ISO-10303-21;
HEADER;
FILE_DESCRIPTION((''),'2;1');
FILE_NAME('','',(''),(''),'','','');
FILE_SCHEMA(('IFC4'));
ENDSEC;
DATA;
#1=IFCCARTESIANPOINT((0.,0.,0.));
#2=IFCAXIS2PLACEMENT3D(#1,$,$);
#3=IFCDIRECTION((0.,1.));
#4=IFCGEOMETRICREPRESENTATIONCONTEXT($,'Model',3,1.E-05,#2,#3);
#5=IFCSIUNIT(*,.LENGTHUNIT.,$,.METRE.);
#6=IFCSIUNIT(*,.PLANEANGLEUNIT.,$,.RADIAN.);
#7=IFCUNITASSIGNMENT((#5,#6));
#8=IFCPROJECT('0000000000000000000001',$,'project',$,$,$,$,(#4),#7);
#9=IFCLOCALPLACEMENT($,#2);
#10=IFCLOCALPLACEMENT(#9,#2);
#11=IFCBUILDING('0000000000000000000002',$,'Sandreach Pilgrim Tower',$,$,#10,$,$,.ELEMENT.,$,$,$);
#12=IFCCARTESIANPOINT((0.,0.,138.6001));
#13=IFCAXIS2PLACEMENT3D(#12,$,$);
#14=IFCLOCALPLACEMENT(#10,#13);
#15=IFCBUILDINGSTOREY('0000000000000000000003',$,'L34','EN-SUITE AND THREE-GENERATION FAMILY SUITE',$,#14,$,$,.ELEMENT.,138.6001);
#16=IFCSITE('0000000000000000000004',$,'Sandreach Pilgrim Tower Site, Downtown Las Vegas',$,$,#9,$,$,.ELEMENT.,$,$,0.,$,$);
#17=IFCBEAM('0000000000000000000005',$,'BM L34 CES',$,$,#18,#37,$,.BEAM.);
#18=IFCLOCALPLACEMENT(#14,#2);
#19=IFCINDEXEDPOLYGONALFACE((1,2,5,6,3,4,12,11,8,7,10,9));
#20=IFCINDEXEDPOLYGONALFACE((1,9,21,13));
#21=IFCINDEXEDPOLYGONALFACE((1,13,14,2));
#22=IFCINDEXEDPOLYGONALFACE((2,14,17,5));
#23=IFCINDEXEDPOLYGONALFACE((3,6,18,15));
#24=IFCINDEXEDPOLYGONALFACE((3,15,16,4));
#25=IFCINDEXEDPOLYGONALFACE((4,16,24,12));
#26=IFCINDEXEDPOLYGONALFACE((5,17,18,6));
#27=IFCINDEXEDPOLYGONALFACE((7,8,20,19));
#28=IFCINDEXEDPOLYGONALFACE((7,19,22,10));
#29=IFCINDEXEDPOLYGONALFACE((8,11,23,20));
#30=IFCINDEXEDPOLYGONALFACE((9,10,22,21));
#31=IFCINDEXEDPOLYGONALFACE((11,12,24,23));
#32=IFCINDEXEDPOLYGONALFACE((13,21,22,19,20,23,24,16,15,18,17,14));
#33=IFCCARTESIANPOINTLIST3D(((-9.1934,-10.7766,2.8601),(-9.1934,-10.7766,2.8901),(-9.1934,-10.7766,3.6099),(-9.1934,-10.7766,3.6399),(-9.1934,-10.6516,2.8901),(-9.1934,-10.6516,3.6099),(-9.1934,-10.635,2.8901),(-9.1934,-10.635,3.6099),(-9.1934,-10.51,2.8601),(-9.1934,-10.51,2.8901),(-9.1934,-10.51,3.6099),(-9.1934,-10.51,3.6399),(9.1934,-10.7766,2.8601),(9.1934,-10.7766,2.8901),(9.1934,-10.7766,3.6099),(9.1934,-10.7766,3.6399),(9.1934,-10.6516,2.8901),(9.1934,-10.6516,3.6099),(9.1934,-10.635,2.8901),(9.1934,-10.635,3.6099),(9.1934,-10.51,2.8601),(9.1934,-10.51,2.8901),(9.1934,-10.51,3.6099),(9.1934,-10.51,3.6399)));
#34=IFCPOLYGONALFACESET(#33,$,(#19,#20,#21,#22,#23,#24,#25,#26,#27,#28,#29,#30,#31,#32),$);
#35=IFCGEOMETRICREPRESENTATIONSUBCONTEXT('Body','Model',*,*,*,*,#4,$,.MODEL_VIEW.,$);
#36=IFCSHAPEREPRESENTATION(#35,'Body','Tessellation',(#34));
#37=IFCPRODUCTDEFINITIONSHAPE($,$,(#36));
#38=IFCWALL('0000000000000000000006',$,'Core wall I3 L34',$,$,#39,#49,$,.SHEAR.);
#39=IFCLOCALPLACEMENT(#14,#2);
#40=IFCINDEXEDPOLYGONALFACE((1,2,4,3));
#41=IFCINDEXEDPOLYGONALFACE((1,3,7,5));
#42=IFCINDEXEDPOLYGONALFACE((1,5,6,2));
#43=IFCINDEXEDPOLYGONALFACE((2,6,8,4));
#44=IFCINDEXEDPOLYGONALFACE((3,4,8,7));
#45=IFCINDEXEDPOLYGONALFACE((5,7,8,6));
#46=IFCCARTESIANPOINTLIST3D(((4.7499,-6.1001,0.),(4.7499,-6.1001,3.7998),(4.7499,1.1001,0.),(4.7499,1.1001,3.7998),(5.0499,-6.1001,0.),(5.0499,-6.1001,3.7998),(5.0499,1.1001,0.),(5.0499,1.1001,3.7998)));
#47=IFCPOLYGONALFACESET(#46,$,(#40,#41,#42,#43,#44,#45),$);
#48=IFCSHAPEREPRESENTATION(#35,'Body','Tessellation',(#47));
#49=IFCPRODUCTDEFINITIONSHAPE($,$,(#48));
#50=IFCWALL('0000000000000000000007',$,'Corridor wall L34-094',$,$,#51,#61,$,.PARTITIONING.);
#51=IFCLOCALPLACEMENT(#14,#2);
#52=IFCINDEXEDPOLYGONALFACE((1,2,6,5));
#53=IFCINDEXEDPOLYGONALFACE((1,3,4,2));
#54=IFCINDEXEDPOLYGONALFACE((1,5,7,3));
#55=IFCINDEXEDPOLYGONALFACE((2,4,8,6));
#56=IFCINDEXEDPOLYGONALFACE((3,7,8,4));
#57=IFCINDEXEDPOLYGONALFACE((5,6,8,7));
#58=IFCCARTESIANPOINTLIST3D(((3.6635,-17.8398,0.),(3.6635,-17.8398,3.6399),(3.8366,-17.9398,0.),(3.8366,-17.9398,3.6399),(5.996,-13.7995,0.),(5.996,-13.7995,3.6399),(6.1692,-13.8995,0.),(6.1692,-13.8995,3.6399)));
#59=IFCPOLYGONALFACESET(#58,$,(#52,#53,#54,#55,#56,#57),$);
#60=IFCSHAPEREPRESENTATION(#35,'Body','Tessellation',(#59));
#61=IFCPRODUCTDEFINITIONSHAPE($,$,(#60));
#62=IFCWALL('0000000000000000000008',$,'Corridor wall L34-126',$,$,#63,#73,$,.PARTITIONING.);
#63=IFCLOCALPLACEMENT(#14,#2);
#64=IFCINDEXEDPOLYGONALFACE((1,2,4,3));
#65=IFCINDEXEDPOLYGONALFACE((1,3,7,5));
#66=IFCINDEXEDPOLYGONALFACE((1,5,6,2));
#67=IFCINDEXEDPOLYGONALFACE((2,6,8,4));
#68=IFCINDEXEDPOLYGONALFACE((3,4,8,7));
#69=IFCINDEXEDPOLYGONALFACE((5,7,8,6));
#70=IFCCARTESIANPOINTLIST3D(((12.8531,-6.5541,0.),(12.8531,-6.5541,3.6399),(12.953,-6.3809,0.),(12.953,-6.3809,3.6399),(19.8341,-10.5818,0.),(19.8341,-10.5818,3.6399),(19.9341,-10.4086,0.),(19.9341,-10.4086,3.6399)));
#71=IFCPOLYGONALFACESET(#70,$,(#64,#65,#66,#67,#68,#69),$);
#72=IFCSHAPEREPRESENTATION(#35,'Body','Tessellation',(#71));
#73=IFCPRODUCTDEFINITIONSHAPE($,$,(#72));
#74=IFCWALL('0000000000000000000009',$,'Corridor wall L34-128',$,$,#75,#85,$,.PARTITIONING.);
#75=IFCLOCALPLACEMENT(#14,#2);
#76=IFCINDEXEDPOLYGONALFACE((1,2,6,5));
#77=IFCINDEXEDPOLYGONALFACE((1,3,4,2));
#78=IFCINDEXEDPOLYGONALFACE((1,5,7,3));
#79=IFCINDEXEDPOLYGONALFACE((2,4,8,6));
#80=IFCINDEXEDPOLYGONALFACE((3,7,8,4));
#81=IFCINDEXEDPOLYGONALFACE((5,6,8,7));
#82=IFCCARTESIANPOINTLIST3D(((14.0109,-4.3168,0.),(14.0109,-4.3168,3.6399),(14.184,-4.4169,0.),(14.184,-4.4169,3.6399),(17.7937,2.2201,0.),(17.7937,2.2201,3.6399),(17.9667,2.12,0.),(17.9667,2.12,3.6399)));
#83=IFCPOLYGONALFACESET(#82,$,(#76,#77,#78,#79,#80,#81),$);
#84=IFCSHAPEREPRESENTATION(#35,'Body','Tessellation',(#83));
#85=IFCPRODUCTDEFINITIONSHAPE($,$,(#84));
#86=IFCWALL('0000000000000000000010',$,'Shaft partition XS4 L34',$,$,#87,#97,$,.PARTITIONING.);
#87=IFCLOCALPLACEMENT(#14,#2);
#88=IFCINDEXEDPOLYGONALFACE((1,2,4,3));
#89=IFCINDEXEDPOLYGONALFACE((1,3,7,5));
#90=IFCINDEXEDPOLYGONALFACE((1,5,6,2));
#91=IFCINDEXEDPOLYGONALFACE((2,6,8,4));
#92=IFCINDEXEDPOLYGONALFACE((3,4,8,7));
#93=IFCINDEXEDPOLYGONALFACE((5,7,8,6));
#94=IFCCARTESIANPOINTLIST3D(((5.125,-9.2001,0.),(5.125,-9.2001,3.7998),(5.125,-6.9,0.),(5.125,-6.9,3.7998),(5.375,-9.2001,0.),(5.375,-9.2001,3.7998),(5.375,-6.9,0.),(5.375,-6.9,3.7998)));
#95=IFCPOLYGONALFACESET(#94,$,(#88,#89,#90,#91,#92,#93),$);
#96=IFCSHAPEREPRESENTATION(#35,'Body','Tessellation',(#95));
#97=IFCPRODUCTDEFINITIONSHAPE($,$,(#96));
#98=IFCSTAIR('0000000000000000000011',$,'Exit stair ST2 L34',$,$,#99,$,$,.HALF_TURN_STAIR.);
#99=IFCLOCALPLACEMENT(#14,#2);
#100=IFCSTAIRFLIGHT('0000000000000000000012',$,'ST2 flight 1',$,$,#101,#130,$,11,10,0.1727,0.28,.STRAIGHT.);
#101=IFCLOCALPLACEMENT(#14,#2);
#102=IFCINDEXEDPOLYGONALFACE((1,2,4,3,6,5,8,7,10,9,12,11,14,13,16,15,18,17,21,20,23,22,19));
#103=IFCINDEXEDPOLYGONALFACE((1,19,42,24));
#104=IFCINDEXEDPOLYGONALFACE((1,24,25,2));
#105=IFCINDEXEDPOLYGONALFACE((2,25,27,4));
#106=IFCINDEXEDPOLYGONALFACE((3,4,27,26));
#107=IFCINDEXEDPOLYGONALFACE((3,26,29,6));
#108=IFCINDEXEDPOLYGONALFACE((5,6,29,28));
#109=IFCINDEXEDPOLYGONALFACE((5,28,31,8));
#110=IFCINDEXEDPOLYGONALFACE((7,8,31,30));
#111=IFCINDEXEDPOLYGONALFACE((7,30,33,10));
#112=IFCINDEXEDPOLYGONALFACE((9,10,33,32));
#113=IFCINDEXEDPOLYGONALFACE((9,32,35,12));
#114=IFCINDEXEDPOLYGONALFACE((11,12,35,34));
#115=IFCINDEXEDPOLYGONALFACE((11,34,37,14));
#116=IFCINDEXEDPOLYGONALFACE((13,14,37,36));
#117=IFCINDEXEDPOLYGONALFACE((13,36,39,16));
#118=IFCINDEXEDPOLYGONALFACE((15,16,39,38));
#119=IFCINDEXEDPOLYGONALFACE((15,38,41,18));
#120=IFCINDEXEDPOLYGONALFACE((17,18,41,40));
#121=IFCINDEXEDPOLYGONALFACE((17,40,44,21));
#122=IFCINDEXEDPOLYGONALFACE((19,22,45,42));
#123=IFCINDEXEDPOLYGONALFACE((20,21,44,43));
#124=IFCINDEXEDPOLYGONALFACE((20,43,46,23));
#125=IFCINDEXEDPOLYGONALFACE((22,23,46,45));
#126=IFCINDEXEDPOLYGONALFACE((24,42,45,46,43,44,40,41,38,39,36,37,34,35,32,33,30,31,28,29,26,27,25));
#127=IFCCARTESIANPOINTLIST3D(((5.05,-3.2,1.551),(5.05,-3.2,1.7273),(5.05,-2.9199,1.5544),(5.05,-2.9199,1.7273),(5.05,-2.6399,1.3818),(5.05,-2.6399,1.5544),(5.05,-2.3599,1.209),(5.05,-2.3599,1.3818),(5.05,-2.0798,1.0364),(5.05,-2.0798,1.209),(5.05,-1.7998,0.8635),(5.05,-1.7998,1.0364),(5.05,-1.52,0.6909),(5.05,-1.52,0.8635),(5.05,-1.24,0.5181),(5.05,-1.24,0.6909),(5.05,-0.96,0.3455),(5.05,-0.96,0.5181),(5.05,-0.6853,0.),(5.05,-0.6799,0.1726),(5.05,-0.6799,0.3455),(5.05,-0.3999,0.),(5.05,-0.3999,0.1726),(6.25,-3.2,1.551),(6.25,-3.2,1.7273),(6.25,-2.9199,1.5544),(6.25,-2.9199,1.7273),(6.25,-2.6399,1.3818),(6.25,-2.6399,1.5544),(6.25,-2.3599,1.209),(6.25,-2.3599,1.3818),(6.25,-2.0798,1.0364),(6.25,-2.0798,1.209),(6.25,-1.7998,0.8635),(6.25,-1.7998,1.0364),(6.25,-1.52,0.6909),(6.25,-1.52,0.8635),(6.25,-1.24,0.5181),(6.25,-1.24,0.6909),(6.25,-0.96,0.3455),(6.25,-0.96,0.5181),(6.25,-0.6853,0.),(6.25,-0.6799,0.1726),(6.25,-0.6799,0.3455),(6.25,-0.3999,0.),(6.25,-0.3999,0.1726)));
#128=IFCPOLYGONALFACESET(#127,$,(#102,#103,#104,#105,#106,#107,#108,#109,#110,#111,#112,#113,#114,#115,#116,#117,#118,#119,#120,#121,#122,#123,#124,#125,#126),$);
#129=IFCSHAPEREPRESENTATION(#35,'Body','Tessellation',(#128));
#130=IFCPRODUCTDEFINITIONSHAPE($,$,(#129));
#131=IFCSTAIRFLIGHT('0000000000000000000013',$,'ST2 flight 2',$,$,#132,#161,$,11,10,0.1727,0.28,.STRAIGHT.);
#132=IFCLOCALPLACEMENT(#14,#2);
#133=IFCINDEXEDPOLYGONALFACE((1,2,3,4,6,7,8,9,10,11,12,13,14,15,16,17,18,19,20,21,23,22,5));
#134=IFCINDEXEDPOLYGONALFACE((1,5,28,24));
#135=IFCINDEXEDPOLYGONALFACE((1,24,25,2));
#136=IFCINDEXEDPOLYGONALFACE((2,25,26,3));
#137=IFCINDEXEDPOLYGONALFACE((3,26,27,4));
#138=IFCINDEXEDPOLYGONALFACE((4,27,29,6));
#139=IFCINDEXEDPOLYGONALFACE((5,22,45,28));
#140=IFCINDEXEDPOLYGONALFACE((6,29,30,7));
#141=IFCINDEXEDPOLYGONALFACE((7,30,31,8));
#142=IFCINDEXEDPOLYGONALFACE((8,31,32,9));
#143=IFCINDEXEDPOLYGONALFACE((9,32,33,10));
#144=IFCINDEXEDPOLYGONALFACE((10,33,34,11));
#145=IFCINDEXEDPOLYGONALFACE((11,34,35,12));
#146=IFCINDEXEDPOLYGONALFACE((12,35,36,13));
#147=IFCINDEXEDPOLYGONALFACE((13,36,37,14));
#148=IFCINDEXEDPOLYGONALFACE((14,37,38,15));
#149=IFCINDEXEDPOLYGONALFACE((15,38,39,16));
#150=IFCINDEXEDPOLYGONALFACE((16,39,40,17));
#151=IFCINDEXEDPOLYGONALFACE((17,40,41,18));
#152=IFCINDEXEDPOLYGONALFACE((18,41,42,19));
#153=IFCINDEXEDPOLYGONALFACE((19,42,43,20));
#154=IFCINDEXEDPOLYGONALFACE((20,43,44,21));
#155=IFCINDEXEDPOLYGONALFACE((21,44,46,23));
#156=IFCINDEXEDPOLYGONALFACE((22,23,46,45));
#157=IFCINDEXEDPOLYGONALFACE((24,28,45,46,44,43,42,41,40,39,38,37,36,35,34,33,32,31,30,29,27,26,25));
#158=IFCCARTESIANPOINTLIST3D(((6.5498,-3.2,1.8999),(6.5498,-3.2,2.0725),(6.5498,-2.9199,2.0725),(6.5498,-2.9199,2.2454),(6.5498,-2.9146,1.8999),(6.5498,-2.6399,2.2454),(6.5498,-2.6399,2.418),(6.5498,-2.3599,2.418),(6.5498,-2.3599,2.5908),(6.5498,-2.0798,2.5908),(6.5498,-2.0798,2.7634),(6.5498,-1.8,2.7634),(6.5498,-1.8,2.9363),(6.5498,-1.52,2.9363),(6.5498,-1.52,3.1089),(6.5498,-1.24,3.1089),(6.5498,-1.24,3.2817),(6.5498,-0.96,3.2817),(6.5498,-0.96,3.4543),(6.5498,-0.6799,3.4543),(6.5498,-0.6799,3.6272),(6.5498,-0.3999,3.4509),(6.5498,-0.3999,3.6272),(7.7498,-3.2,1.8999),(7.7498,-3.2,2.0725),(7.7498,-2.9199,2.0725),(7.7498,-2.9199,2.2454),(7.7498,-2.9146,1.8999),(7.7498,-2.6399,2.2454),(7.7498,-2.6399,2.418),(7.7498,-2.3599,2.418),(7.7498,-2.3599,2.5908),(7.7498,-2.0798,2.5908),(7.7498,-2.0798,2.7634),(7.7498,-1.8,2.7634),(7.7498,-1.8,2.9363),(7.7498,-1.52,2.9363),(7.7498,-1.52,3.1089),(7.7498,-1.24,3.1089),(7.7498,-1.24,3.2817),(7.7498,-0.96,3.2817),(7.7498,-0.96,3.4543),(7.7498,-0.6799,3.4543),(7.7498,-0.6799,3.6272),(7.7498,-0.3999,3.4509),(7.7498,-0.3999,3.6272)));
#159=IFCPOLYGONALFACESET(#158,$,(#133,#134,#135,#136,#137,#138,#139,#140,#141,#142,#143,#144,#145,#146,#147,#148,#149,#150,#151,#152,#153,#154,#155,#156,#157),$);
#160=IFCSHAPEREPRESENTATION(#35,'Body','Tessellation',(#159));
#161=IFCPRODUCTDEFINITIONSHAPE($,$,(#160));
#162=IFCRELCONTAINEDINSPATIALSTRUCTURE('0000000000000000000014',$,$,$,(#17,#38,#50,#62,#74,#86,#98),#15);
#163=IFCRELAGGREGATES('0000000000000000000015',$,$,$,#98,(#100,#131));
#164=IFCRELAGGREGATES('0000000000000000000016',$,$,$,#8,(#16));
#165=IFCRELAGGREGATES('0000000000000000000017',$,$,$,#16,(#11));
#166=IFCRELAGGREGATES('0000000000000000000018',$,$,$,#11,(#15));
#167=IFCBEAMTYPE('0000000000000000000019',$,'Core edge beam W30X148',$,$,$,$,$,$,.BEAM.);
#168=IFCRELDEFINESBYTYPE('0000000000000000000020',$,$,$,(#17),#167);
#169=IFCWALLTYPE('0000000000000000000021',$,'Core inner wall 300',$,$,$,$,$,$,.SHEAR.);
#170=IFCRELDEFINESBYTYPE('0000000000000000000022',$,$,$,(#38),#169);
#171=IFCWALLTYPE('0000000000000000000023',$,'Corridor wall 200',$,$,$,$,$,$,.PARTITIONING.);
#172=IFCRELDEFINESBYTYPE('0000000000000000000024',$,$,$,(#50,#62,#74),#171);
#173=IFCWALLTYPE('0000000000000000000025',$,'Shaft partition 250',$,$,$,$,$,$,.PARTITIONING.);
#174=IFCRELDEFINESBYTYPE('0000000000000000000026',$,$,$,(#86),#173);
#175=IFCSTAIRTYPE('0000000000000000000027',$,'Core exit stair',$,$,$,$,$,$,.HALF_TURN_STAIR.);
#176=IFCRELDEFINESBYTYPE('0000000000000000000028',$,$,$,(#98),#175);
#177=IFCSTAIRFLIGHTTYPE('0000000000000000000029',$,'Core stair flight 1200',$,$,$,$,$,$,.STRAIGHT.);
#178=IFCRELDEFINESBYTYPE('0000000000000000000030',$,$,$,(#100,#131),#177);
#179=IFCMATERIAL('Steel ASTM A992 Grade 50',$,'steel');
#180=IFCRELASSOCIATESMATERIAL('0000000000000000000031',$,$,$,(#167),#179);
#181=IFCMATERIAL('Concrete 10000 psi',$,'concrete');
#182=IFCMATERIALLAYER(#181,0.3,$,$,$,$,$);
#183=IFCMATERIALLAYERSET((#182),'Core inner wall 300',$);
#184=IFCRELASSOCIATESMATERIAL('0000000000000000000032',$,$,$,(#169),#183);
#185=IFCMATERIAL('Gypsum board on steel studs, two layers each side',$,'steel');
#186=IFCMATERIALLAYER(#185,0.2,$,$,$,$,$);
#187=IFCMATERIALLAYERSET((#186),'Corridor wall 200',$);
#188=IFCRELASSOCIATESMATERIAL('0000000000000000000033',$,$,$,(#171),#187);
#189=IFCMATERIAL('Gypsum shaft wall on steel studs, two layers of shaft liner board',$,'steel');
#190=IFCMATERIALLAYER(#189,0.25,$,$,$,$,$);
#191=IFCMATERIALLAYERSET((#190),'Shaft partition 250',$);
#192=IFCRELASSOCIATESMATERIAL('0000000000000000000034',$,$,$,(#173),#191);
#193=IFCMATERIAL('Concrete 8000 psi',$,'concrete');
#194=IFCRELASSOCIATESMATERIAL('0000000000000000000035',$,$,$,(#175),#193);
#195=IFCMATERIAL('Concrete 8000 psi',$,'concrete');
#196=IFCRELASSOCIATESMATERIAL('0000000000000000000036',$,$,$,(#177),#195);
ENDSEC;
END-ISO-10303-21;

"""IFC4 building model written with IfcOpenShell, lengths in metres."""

from ifc_helpers import new_model, si_unit, direction, frame, frame_2d, origin, origin_2d, place, context, subcontext, project, spatial, polyline, rectangle, i_section, outline, extrude, material, layer, layer_set, material_profile, profile_set, type_object, element, aggregate, save


model = new_model("IFC4")

# Units and contexts
model_context = context("Model", 3, precision=1e-05, world=origin(), true_north=direction((0.0, 1.0)))
body_context = subcontext(model_context, "Body", "Model", "MODEL_VIEW")
ifc_project = project(units=[si_unit("LENGTHUNIT", "METRE"), si_unit("PLANEANGLEUNIT", "RADIAN")], contexts=[model_context])

# Site, building, storey
site_placement = place(None, origin())
site = spatial("IfcSite", under=ifc_project, at=site_placement, Name="Sandreach Pilgrim Tower Site, Downtown Las Vegas", CompositionType="ELEMENT", RefElevation=0.0)
building_placement = place(site_placement, origin())
building = spatial("IfcBuilding", under=site, at=building_placement, Name="Sandreach Pilgrim Tower", CompositionType="ELEMENT")
storey_placement = place(building_placement, frame((0.0, 0.0, 138.6001)))
storey = spatial("IfcBuildingStorey", under=building, at=storey_placement, Name="L34", Description="EN-SUITE AND THREE-GENERATION FAMILY SUITE", CompositionType="ELEMENT", Elevation=138.6001)

# Beam
ifc_material_1 = material(Name="Steel ASTM A992 Grade 50", Category="steel")
ifc_material_profile = material_profile(ifc_material_1, i_section(OverallWidth=0.2666, OverallDepth=0.7798, WebThickness=0.0166, FlangeThickness=0.03, at=origin_2d()), Name="W30X148")
ifc_profile_set = profile_set([ifc_material_profile], Name="Steel ASTM A992 Grade 50")
beam_type = type_object("IfcBeamType", Name="Core edge beam W30X148", PredefinedType="BEAM", material=ifc_profile_set)
beam_placement = place(storey_placement, frame((9.1934, -10.6433, 3.25), z_axis=(-1.0, 0.0, 0.0), x_axis=(0.0, -1.0, 0.0)))
element("IfcBeam", 1, at=beam_placement, inside=storey, type_object=beam_type, Name="BM L34 CES", PredefinedType="BEAM", context=body_context, shape_type="SweptSolid", body=[
    extrude(i_section(OverallWidth=0.2666, OverallDepth=0.7798, WebThickness=0.0166, FlangeThickness=0.03, at=origin_2d()), origin(), (0.0, 0.0, 1.0), 18.3867),
])

# Wall
ifc_material_2 = material(Name="Concrete 10000 psi", Category="concrete")
ifc_layer_1 = layer(ifc_material_2, 0.3)
ifc_layer_set_1 = layer_set([ifc_layer_1], Name="Core inner wall 300")
wall_type_1 = type_object("IfcWallType", Name="Core inner wall 300", PredefinedType="SHEAR", material=ifc_layer_set_1)
wall_1_placement = place(storey_placement, frame((4.8999, -6.1001, 0.0), z_axis=(0.0, 0.0, 1.0), x_axis=(0.0, 1.0, 0.0)))
element("IfcWall", 2, at=wall_1_placement, inside=storey, type_object=wall_type_1, Name="Core wall I3 L34", PredefinedType="SHEAR", context=body_context, shape_type="SweptSolid", body=[
    extrude(rectangle(XDim=7.2002, YDim=0.3, at=frame_2d((3.6001, 0.0))), origin(), (0.0, 0.0, 1.0), 3.7998),
])

# Wall
ifc_material_3 = material(Name="Gypsum board on steel studs, two layers each side", Category="steel")
ifc_layer_2 = layer(ifc_material_3, 0.2)
ifc_layer_set_2 = layer_set([ifc_layer_2], Name="Corridor wall 200")
wall_type_2 = type_object("IfcWallType", Name="Corridor wall 200", PredefinedType="PARTITIONING", material=ifc_layer_set_2)
wall_2_placement = place(storey_placement, frame((6.0825, -13.8496, 0.0), z_axis=(0.0, 0.0, 1.0), x_axis=(-0.499978, -0.866038, 0.0)))
element("IfcWall", 3, at=wall_2_placement, inside=storey, type_object=wall_type_2, Name="Corridor wall L34-094", PredefinedType="PARTITIONING", context=body_context, shape_type="SweptSolid", body=[
    extrude(rectangle(XDim=4.6653, YDim=0.2, at=frame_2d((2.3325, 0.0))), origin(), (0.0, 0.0, 1.0), 3.6399),
])

# Walls
wall_3_placement = place(storey_placement, frame((12.9031, -6.4675, 0.0), z_axis=(0.0, 0.0, 1.0), x_axis=(0.86618, -0.499733, 0.0)))
element("IfcWall", 4, at=wall_3_placement, inside=storey, type_object=wall_type_2, Name="Corridor wall L34-126", PredefinedType="PARTITIONING", context=body_context, shape_type="SweptSolid", body=[
    extrude(rectangle(XDim=8.0596, YDim=0.2, at=frame_2d((4.0298, 0.0))), origin(), (0.0, 0.0, 1.0), 3.6399),
])
wall_4_placement = place(storey_placement, frame((14.0974, -4.3669, 0.0), z_axis=(0.0, 0.0, 1.0), x_axis=(0.500859, 0.865529, 0.0)))
element("IfcWall", 5, at=wall_4_placement, inside=storey, type_object=wall_type_2, Name="Corridor wall L34-128", PredefinedType="PARTITIONING", context=body_context, shape_type="SweptSolid", body=[
    extrude(rectangle(XDim=7.5525, YDim=0.2, at=frame_2d((3.7764, 0.0))), origin(), (0.0, 0.0, 1.0), 3.6399),
])
ifc_material_4 = material(Name="Gypsum shaft wall on steel studs, two layers of shaft liner board", Category="steel")
ifc_layer_3 = layer(ifc_material_4, 0.25)
ifc_layer_set_3 = layer_set([ifc_layer_3], Name="Shaft partition 250")
wall_type_3 = type_object("IfcWallType", Name="Shaft partition 250", PredefinedType="PARTITIONING", material=ifc_layer_set_3)
wall_5_placement = place(storey_placement, frame((5.25, -9.2, 0.0), z_axis=(0.0, 0.0, 1.0), x_axis=(0.0, 1.0, 0.0)))
element("IfcWall", 6, at=wall_5_placement, inside=storey, type_object=wall_type_3, Name="Shaft partition XS4 L34", PredefinedType="PARTITIONING", context=body_context, shape_type="SweptSolid", body=[
    extrude(rectangle(XDim=2.3, YDim=0.25, at=frame_2d((1.1499, 0.0))), origin(), (0.0, 0.0, 1.0), 3.7998),
])

# Stair, stair flights
ifc_material_5 = material(Name="Concrete 8000 psi", Category="concrete")
stair_type = type_object("IfcStairType", Name="Core exit stair", PredefinedType="HALF_TURN_STAIR", material=ifc_material_5)
stair_placement = place(storey_placement, origin())
stair = element("IfcStair", 7, at=stair_placement, inside=storey, type_object=stair_type, Name="Exit stair ST2 L34", PredefinedType="HALF_TURN_STAIR")
ifc_material_6 = material(Name="Concrete 8000 psi", Category="concrete")
stair_flight_type = type_object("IfcStairFlightType", Name="Core stair flight 1200", PredefinedType="STRAIGHT", material=ifc_material_6)
stair_flight_1_placement = place(storey_placement, frame((5.6499, -0.3999, 0.0), z_axis=(0.0, 0.0, 1.0), x_axis=(0.0, -1.0, 0.0)))
stair_flight_1 = element("IfcStairFlight", 8, at=stair_flight_1_placement, type_object=stair_flight_type, Name="ST2 flight 1", NumberOfRisers=11, NumberOfTreads=10, PredefinedType="STRAIGHT", RiserHeight=0.1727, TreadLength=0.28, context=body_context, shape_type="SweptSolid", body=[
    extrude(outline(polyline([(0.0, 0.0), (0.0, 0.1726), (0.28, 0.1726), (0.28, 0.3455), (0.5601, 0.3455), (0.5601, 0.5181), (0.8401, 0.5181), (0.8401, 0.6909), (1.1201, 0.6909), (1.1201, 0.8635), (1.3999, 0.8635), (1.3999, 1.0364), (1.6799, 1.0364), (1.6799, 1.209), (1.96, 1.209), (1.96, 1.3818), (2.24, 1.3818), (2.24, 1.5544), (2.52, 1.5544), (2.52, 1.7273), (2.8, 1.7273), (2.8, 1.8999), (2.8, 1.551), (0.2854, 0.0), (0.0, 0.0)])), frame((0.0, 0.6001, 0.0), z_axis=(0.0, -1.0, 0.0), x_axis=(1.0, 0.0, 0.0)), (0.0, 0.0, 1.0), 1.2),
])
stair_flight_2_placement = place(storey_placement, frame((7.1499, -3.2, 1.8999), z_axis=(0.0, 0.0, 1.0), x_axis=(0.0, 1.0, 0.0)))
stair_flight_2 = element("IfcStairFlight", 9, at=stair_flight_2_placement, type_object=stair_flight_type, Name="ST2 flight 2", NumberOfRisers=11, NumberOfTreads=10, PredefinedType="STRAIGHT", RiserHeight=0.1727, TreadLength=0.28, context=body_context, shape_type="SweptSolid", body=[
    extrude(outline(polyline([(0.0, 0.0), (0.0, 0.1726), (0.28, 0.1726), (0.28, 0.3455), (0.5601, 0.3455), (0.5601, 0.5181), (0.8401, 0.5181), (0.8401, 0.6909), (1.1201, 0.6909), (1.1201, 0.8635), (1.3999, 0.8635), (1.3999, 1.0364), (1.6799, 1.0364), (1.6799, 1.209), (1.96, 1.209), (1.96, 1.3818), (2.24, 1.3818), (2.24, 1.5544), (2.52, 1.5544), (2.52, 1.7273), (2.8, 1.7273), (2.8, 1.8999), (2.8, 1.551), (0.2854, 0.0), (0.0, 0.0)])), frame((0.0, 0.6001, 0.0), z_axis=(0.0, -1.0, 0.0), x_axis=(1.0, 0.0, 0.0)), (0.0, 0.0, 1.0), 1.2),
])
aggregate(stair, [stair_flight_1, stair_flight_2])

save(model, "model.ifc")
